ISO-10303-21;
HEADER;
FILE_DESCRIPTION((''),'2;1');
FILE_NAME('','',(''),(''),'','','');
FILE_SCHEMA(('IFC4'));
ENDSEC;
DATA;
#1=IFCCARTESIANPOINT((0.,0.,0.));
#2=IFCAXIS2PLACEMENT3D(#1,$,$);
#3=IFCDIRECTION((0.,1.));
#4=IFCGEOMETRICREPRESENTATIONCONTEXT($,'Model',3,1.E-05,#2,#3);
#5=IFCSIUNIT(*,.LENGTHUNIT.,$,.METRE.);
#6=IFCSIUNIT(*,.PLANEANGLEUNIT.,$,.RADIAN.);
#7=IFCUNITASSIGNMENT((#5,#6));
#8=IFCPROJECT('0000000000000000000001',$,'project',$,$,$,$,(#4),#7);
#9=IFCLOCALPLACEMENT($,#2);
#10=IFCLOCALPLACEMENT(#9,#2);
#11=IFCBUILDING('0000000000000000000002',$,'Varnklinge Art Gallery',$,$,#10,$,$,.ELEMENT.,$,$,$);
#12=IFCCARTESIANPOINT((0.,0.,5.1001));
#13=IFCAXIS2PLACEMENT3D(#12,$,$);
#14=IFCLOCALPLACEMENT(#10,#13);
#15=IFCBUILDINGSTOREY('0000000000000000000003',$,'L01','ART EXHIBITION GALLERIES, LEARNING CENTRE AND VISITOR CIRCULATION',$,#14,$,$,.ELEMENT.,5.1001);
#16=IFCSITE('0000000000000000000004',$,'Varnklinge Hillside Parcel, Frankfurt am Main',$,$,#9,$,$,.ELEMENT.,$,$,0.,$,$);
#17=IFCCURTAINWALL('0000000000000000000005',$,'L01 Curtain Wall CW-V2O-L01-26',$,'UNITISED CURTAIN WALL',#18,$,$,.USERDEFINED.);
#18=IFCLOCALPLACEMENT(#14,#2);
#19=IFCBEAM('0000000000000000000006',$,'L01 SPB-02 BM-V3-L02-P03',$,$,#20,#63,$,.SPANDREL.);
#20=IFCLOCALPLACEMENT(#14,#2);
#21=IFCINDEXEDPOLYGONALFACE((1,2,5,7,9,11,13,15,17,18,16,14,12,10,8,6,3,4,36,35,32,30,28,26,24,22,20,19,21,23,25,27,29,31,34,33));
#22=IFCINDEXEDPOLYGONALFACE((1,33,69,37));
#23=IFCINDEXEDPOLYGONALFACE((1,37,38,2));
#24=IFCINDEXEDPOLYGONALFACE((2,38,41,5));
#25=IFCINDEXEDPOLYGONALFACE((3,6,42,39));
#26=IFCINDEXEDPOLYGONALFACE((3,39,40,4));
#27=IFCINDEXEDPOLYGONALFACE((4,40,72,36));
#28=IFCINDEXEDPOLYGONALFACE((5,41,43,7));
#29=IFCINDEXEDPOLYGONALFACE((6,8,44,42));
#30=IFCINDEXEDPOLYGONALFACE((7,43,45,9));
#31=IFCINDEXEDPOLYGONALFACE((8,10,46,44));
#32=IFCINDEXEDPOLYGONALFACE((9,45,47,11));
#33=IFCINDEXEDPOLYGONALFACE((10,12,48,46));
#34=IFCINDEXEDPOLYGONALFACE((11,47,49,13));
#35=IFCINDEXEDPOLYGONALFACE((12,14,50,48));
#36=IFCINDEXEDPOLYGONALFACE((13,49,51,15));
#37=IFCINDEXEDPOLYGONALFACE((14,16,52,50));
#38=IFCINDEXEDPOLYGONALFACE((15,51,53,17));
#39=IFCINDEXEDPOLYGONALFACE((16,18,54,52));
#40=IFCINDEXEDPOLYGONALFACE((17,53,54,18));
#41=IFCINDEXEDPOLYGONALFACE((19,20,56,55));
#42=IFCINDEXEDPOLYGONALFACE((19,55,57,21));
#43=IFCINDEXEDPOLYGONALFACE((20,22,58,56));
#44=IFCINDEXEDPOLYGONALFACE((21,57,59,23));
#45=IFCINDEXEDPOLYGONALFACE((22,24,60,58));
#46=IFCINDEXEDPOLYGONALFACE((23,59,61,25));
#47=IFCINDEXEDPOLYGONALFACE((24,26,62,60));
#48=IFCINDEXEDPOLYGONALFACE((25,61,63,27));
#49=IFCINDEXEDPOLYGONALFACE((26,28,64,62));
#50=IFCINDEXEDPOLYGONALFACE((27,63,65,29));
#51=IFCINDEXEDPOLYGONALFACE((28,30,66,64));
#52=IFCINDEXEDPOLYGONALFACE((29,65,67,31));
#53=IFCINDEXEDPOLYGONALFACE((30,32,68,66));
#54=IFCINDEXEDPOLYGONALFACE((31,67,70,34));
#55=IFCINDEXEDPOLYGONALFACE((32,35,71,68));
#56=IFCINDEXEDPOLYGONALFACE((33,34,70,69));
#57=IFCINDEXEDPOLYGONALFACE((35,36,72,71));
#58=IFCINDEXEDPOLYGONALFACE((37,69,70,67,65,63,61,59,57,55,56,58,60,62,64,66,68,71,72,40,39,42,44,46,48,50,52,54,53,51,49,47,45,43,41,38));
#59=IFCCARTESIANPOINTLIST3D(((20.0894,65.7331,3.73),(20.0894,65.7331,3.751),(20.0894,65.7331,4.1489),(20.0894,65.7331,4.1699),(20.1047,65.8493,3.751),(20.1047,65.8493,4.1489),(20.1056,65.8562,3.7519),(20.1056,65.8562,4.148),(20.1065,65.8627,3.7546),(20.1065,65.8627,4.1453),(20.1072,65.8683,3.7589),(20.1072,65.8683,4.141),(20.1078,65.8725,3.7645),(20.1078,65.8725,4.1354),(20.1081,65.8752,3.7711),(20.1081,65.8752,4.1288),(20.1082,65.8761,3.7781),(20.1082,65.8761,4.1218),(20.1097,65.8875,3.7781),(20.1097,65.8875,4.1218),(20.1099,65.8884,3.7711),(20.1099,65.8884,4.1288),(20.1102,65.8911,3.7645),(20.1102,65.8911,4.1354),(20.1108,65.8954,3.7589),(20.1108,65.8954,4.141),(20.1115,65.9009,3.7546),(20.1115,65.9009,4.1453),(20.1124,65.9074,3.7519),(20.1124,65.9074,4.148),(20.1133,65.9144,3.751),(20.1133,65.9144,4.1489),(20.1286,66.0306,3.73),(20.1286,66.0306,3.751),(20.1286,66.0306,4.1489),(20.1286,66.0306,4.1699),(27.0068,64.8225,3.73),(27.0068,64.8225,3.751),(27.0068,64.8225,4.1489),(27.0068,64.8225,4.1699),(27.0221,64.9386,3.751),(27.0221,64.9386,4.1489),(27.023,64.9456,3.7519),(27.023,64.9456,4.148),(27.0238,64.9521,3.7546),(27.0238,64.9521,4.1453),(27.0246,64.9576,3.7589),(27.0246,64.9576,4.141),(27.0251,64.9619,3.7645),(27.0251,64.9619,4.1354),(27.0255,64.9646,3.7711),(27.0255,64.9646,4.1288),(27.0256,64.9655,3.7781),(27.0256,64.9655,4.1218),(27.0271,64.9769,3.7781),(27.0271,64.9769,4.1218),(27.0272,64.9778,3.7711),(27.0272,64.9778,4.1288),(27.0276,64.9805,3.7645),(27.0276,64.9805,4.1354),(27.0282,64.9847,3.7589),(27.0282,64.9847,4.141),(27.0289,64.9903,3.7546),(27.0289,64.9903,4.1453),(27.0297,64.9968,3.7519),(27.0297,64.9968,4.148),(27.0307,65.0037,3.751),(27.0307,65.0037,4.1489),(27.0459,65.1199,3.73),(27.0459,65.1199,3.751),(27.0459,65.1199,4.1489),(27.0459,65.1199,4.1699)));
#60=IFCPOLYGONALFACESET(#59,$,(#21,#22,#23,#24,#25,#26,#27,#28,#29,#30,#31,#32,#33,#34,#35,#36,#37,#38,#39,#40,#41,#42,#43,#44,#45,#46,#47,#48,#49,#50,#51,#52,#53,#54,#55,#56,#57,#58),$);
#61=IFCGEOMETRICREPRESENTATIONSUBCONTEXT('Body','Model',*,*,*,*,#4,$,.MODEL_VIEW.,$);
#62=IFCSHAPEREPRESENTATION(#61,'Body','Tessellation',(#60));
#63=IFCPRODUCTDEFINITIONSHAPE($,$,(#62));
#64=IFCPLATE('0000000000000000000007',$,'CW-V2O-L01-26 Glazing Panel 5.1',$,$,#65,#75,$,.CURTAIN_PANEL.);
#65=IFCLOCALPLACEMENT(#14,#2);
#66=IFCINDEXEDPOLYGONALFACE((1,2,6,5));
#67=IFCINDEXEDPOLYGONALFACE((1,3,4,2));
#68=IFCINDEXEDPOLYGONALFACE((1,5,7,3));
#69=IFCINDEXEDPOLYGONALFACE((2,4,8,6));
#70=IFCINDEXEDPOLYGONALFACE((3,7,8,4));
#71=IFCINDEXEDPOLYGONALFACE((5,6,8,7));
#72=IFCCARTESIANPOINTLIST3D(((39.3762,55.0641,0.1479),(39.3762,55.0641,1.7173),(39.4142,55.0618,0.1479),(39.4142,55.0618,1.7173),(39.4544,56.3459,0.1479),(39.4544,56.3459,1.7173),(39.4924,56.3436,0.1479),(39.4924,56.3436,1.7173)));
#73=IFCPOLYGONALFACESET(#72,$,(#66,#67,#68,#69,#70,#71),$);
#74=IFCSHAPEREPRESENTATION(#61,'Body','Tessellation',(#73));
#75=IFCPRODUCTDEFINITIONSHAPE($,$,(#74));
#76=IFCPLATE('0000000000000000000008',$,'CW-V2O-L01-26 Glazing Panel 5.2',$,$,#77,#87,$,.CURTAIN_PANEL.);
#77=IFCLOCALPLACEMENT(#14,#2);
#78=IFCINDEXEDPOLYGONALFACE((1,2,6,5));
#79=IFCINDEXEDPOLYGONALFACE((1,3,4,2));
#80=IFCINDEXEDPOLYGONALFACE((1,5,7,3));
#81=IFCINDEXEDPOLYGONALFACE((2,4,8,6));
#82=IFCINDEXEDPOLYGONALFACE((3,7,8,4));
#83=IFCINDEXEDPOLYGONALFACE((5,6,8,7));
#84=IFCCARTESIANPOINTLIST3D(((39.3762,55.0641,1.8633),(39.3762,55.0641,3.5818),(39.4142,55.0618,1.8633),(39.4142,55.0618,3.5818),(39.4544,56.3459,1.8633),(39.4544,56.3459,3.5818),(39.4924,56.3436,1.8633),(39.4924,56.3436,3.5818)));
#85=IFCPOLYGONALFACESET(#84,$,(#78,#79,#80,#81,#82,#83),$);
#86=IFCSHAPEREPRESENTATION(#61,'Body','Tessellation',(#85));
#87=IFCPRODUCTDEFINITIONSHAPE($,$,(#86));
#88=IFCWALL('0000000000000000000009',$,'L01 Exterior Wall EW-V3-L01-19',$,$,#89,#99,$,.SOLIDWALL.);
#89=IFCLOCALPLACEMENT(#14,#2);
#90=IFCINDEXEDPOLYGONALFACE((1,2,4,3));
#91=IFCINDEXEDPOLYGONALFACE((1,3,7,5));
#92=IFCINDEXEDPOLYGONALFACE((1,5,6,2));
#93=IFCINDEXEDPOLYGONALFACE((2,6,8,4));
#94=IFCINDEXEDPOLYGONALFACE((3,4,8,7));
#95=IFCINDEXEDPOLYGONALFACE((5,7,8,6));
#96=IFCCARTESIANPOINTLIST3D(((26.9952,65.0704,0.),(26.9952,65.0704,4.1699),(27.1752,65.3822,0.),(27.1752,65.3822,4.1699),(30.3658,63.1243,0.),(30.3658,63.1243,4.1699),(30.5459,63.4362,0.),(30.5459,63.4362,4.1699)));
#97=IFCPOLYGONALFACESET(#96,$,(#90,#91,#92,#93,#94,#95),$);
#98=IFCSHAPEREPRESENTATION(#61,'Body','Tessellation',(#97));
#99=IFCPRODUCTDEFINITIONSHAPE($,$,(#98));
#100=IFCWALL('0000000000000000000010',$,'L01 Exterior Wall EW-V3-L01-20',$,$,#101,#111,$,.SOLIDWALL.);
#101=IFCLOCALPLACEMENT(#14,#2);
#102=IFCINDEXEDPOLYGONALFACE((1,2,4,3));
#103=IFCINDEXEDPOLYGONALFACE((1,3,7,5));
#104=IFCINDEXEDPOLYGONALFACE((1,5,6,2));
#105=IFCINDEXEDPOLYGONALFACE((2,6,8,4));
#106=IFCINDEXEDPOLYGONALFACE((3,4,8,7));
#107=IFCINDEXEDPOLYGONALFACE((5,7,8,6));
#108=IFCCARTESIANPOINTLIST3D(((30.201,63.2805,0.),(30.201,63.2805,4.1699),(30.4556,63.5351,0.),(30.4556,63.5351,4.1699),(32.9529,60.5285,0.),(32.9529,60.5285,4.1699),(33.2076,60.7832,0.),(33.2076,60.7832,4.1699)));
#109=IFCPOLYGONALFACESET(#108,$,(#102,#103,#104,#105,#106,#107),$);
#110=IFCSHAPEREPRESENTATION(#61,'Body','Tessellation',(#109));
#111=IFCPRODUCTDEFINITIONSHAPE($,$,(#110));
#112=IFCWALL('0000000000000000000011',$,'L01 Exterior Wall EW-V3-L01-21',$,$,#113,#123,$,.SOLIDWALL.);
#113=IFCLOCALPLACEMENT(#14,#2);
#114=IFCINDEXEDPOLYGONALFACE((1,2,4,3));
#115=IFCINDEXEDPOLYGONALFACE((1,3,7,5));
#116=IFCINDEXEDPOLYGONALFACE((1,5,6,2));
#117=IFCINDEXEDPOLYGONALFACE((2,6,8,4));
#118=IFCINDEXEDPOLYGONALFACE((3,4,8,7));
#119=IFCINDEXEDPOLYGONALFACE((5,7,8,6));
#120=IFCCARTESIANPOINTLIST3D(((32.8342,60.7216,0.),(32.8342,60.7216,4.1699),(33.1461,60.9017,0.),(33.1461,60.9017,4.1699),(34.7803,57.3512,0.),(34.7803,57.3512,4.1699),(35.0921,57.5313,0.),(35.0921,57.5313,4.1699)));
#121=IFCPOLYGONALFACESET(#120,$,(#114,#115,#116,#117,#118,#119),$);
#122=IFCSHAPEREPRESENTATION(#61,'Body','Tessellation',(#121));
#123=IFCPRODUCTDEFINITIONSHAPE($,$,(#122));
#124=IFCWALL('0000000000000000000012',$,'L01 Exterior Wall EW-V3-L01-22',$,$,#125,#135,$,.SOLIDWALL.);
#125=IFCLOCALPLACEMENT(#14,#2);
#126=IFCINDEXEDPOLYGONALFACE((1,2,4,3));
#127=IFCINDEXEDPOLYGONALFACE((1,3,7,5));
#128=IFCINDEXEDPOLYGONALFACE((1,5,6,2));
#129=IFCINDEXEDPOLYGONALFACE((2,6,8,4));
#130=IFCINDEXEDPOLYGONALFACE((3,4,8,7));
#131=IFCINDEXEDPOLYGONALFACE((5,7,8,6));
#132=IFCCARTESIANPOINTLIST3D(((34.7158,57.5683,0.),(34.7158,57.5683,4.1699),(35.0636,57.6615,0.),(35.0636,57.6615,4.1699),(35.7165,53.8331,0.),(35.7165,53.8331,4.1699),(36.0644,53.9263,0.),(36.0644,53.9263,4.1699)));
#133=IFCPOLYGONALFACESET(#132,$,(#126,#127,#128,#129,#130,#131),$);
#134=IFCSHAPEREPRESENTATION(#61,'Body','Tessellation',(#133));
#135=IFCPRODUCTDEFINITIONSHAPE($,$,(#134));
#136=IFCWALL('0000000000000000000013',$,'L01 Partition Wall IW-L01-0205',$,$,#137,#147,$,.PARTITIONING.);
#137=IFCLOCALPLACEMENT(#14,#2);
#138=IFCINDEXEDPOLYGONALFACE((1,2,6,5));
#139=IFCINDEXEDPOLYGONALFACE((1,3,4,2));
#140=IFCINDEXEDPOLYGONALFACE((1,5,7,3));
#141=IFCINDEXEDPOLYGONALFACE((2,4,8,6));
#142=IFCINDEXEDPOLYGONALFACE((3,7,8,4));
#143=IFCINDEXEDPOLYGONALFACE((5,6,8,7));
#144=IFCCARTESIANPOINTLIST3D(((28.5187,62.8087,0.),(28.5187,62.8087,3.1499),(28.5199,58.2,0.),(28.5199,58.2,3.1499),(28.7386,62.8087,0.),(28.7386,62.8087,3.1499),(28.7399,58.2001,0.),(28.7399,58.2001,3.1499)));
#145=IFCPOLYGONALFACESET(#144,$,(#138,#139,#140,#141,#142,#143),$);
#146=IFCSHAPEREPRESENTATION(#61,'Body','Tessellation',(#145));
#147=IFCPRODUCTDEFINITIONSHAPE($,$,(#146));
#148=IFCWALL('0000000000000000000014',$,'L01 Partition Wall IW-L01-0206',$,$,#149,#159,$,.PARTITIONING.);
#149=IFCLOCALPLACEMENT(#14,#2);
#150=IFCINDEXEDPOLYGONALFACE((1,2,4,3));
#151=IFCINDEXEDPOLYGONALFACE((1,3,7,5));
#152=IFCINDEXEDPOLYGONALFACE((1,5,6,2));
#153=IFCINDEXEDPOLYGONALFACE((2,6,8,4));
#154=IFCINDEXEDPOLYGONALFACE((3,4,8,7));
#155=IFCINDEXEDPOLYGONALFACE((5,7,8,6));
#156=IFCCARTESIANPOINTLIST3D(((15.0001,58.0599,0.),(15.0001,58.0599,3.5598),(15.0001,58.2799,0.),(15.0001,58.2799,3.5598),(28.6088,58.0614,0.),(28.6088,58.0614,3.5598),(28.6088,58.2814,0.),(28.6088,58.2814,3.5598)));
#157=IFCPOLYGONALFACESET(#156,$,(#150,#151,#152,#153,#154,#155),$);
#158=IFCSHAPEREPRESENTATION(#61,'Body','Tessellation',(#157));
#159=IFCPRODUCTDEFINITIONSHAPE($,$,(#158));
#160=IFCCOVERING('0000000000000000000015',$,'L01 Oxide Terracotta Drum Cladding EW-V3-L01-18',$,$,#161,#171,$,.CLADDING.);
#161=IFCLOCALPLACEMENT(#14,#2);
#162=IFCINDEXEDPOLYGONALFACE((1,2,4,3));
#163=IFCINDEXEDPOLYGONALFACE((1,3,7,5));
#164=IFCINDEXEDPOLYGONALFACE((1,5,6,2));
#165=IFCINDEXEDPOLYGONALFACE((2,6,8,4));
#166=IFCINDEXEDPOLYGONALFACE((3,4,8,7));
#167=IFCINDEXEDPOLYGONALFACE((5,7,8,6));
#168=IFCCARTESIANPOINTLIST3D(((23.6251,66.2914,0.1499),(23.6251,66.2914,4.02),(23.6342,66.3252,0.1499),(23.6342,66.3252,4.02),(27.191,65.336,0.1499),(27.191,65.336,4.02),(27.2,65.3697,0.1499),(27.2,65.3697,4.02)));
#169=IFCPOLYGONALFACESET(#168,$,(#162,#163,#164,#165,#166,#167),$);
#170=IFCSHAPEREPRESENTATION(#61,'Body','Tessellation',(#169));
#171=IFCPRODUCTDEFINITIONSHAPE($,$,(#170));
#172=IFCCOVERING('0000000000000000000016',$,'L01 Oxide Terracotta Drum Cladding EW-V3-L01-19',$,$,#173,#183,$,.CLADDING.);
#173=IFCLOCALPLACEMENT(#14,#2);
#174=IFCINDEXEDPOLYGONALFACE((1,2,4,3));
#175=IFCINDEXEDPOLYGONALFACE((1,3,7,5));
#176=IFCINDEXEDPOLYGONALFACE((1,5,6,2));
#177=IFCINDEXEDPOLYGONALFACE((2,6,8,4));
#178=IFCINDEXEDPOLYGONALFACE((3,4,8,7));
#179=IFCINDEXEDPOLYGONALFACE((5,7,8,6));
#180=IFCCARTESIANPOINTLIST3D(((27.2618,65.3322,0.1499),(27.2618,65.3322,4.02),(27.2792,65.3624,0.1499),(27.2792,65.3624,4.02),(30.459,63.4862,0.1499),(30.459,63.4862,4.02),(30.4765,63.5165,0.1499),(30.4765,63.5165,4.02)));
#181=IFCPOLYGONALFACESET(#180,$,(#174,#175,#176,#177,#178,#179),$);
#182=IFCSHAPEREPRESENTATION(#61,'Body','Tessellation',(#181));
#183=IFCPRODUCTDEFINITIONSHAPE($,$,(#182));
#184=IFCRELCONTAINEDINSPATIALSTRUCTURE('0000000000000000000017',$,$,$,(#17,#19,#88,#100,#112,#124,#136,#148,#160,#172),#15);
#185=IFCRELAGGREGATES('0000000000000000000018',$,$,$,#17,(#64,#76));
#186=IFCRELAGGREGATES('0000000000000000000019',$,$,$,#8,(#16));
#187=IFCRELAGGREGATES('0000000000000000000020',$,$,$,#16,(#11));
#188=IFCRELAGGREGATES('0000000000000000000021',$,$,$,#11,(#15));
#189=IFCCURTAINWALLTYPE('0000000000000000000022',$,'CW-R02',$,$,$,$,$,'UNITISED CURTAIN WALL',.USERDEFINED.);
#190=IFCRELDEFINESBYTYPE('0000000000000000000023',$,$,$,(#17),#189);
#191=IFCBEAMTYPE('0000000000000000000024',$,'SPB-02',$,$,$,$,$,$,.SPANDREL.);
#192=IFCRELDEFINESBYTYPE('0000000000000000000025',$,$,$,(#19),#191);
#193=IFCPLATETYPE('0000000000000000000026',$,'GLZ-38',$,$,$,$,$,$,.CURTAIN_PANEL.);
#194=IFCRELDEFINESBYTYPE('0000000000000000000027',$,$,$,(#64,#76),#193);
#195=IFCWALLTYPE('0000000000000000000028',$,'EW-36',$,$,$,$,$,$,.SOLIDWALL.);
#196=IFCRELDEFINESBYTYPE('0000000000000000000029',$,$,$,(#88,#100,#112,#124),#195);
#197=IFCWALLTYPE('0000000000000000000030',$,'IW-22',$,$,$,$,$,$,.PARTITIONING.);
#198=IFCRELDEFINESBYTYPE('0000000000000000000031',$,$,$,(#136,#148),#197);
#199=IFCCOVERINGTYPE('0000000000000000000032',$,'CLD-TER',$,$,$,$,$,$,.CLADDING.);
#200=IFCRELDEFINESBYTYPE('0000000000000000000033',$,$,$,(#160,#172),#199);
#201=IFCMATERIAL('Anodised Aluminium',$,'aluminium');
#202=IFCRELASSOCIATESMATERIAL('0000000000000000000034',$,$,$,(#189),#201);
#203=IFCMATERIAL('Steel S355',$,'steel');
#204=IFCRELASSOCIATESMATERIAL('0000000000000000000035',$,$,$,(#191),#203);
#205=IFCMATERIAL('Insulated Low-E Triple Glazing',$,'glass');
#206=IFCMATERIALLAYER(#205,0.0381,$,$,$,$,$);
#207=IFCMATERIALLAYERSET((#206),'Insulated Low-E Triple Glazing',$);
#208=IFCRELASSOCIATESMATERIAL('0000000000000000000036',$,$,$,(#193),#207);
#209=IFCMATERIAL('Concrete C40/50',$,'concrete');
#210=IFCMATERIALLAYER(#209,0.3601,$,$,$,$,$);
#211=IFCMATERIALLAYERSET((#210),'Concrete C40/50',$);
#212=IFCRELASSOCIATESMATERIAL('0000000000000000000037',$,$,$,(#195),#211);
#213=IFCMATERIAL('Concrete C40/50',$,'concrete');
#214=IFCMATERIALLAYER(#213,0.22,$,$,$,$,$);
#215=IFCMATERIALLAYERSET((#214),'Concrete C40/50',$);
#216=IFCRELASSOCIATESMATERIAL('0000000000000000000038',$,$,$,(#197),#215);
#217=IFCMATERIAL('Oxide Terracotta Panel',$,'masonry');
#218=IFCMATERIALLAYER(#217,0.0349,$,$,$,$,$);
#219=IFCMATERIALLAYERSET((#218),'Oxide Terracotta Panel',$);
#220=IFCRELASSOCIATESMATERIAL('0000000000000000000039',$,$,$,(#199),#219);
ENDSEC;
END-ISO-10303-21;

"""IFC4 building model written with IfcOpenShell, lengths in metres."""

from ifc_helpers import new_model, si_unit, direction, frame, frame_2d, origin, origin_2d, place, context, subcontext, project, spatial, rectangle, i_section, extrude, material, layer, layer_set, material_profile, profile_set, type_object, element, aggregate, save


model = new_model("IFC4")

# Units and contexts
model_context = context("Model", 3, precision=1e-05, world=origin(), true_north=direction((0.0, 1.0)))
body_context = subcontext(model_context, "Body", "Model", "MODEL_VIEW")
ifc_project = project(units=[si_unit("LENGTHUNIT", "METRE"), si_unit("PLANEANGLEUNIT", "RADIAN")], contexts=[model_context])

# Site, building, storey
site_placement = place(None, origin())
site = spatial("IfcSite", under=ifc_project, at=site_placement, Name="Varnklinge Hillside Parcel, Frankfurt am Main", CompositionType="ELEMENT", RefElevation=0.0)
building_placement = place(site_placement, origin())
building = spatial("IfcBuilding", under=site, at=building_placement, Name="Varnklinge Art Gallery", CompositionType="ELEMENT")
storey_placement = place(building_placement, frame((0.0, 0.0, 5.1001)))
storey = spatial("IfcBuildingStorey", under=building, at=storey_placement, Name="L01", Description="ART EXHIBITION GALLERIES, LEARNING CENTRE AND VISITOR CIRCULATION", CompositionType="ELEMENT", Elevation=5.1001)

# Curtain wall
ifc_material_1 = material(Name="Anodised Aluminium", Category="aluminium")
curtain_wall_type = type_object("IfcCurtainWallType", Name="CW-R02", ElementType="UNITISED CURTAIN WALL", PredefinedType="USERDEFINED", material=ifc_material_1)
curtain_wall_placement = place(storey_placement, origin())
curtain_wall = element("IfcCurtainWall", 1, at=curtain_wall_placement, inside=storey, type_object=curtain_wall_type, Name="L01 Curtain Wall CW-V2O-L01-26", ObjectType="UNITISED CURTAIN WALL", PredefinedType="USERDEFINED")

# Beam
ifc_material_2 = material(Name="Steel S355", Category="steel")
ifc_material_profile_1 = material_profile(ifc_material_2, i_section(OverallWidth=0.3, OverallDepth=0.4399, WebThickness=0.0115, FlangeThickness=0.021, FilletRadius=0.0271, at=origin_2d()), Name="HEA 450")
ifc_profile_set_1 = profile_set([ifc_material_profile_1], Name="Steel S355")
beam_type_1 = type_object("IfcBeamType", Name="SPB-02", PredefinedType="SPANDREL", material=ifc_profile_set_1)
beam_1_placement = place(storey_placement, frame((27.0264, 64.9712, 3.95), z_axis=(-0.991446, 0.130518, 0.0), x_axis=(-0.130518, -0.991446, 0.0)))
element("IfcBeam", 2, at=beam_1_placement, inside=storey, type_object=beam_type_1, Name="L01 SPB-02 BM-V3-L02-P03", PredefinedType="SPANDREL", context=body_context, shape_type="SweptSolid", body=[
    extrude(i_section(OverallWidth=0.3, OverallDepth=0.4399, WebThickness=0.0115, FlangeThickness=0.021, FilletRadius=0.0271, at=origin_2d()), origin(), (0.0, 0.0, 1.0), 6.9771),
])

# Plates
ifc_material_3 = material(Name="Insulated Low-E Triple Glazing", Category="glass")
ifc_layer_1 = layer(ifc_material_3, 0.0381)
ifc_layer_set_1 = layer_set([ifc_layer_1], Name="Insulated Low-E Triple Glazing")
plate_type = type_object("IfcPlateType", Name="GLZ-38", PredefinedType="CURTAIN_PANEL", material=ifc_layer_set_1)
plate_1_placement = place(storey_placement, frame((39.4343, 55.7039, 0.1479), z_axis=(0.0, 0.0, 1.0), x_axis=(-0.060874, -0.998145, 0.0)))
plate_1 = element("IfcPlate", 3, at=plate_1_placement, type_object=plate_type, Name="CW-V2O-L01-26 Glazing Panel 5.1", PredefinedType="CURTAIN_PANEL", context=body_context, shape_type="SweptSolid", body=[
    extrude(rectangle(XDim=1.2842, YDim=0.0381, at=origin_2d()), origin(), (0.0, 0.0, 1.0), 1.5693),
])
plate_2_placement = place(storey_placement, frame((39.4343, 55.7039, 1.8633), z_axis=(0.0, 0.0, 1.0), x_axis=(-0.060874, -0.998145, 0.0)))
plate_2 = element("IfcPlate", 4, at=plate_2_placement, type_object=plate_type, Name="CW-V2O-L01-26 Glazing Panel 5.2", PredefinedType="CURTAIN_PANEL", context=body_context, shape_type="SweptSolid", body=[
    extrude(rectangle(XDim=1.2842, YDim=0.0381, at=origin_2d()), origin(), (0.0, 0.0, 1.0), 1.7185),
])
aggregate(curtain_wall, [plate_1, plate_2])

# Walls
ifc_material_4 = material(Name="Concrete C40/50", Category="concrete")
ifc_layer_2 = layer(ifc_material_4, 0.3601)
ifc_layer_set_2 = layer_set([ifc_layer_2], Name="Concrete C40/50")
wall_type_1 = type_object("IfcWallType", Name="EW-36", PredefinedType="SOLIDWALL", material=ifc_layer_set_2)
wall_1_placement = place(storey_placement, frame((27.0852, 65.2263, 0.0), z_axis=(0.0, 0.0, 1.0), x_axis=(0.866023, -0.500005, 0.0)))
element("IfcWall", 5, at=wall_1_placement, inside=storey, type_object=wall_type_1, Name="L01 Exterior Wall EW-V3-L01-19", PredefinedType="SOLIDWALL", context=body_context, shape_type="SweptSolid", body=[
    extrude(rectangle(XDim=3.8921, YDim=0.3601, at=frame_2d((1.946, 0.0))), origin(), (0.0, 0.0, 1.0), 4.1699),
])
for number, where, z_axis, x_axis, name in (
    (6, (30.3284, 63.4077, 0.0), (0.0, 0.0, 1.0), (0.707107, -0.707107, 0.0), "L01 Exterior Wall EW-V3-L01-20"),
    (7, (32.9902, 60.8115, 0.0), (0.0, 0.0, 1.0), (0.500032, -0.866007, 0.0), "L01 Exterior Wall EW-V3-L01-21"),
):
    element("IfcWall", number, at=place(storey_placement, frame(where, z_axis=z_axis, x_axis=x_axis)), inside=storey, type_object=wall_type_1, Name=name, PredefinedType="SOLIDWALL", context=body_context, shape_type="SweptSolid", body=[
        extrude(rectangle(XDim=3.8918, YDim=0.3601, at=frame_2d((1.9458, 0.0))), origin(), (0.0, 0.0, 1.0), 4.1699),
    ])
wall_2_placement = place(storey_placement, frame((34.8896, 57.615, 0.0), z_axis=(0.0, 0.0, 1.0), x_axis=(0.258798, -0.965931, 0.0)))
element("IfcWall", 8, at=wall_2_placement, inside=storey, type_object=wall_type_1, Name="L01 Exterior Wall EW-V3-L01-22", PredefinedType="SOLIDWALL", context=body_context, shape_type="SweptSolid", body=[
    extrude(rectangle(XDim=3.8669, YDim=0.3601, at=frame_2d((1.9336, 0.0))), origin(), (0.0, 0.0, 1.0), 4.1699),
])
ifc_material_5 = material(Name="Concrete C40/50", Category="concrete")
ifc_layer_3 = layer(ifc_material_5, 0.22)
ifc_layer_set_3 = layer_set([ifc_layer_3], Name="Concrete C40/50")
wall_type_2 = type_object("IfcWallType", Name="IW-22", PredefinedType="PARTITIONING", material=ifc_layer_set_3)
wall_3_placement = place(storey_placement, frame((28.6287, 62.8086, 0.0), z_axis=(0.0, 0.0, 1.0), x_axis=(0.000265, -1.0, 0.0)))
element("IfcWall", 9, at=wall_3_placement, inside=storey, type_object=wall_type_2, Name="L01 Partition Wall IW-L01-0205", PredefinedType="PARTITIONING", context=body_context, shape_type="SweptSolid", body=[
    extrude(rectangle(XDim=4.6086, YDim=0.22, at=frame_2d((2.3042, 0.0))), origin(), (0.0, 0.0, 1.0), 3.1499),
])
wall_4_placement = place(storey_placement, frame((28.6086, 58.1714, 0.0), z_axis=(0.0, 0.0, 1.0), x_axis=(-1.0, -0.000108, 0.0)))
element("IfcWall", 10, at=wall_4_placement, inside=storey, type_object=wall_type_2, Name="L01 Partition Wall IW-L01-0206", PredefinedType="PARTITIONING", context=body_context, shape_type="SweptSolid", body=[
    extrude(rectangle(XDim=13.6086, YDim=0.22, at=frame_2d((6.8042, 0.0))), origin(), (0.0, 0.0, 1.0), 3.5598),
])

# Coverings
ifc_material_6 = material(Name="Oxide Terracotta Panel", Category="masonry")
ifc_layer_4 = layer(ifc_material_6, 0.0349)
ifc_layer_set_4 = layer_set([ifc_layer_4], Name="Oxide Terracotta Panel")
covering_type = type_object("IfcCoveringType", Name="CLD-TER", PredefinedType="CLADDING", material=ifc_layer_set_4)
covering_1_placement = place(storey_placement, frame((25.4126, 65.8306, 0.1499), z_axis=(0.0, 0.0, 1.0), x_axis=(0.965926, -0.258819, 0.0)))
element("IfcCovering", 11, at=covering_1_placement, inside=storey, type_object=covering_type, Name="L01 Oxide Terracotta Drum Cladding EW-V3-L01-18", PredefinedType="CLADDING", context=body_context, shape_type="SweptSolid", body=[
    extrude(rectangle(XDim=3.6917, YDim=0.0349, at=origin_2d()), origin(), (0.0, 0.0, 1.0), 3.8701),
])
covering_2_placement = place(storey_placement, frame((28.8691, 64.4243, 0.1499), z_axis=(0.0, 0.0, 1.0), x_axis=(0.866025, -0.5, 0.0)))
element("IfcCovering", 12, at=covering_2_placement, inside=storey, type_object=covering_type, Name="L01 Oxide Terracotta Drum Cladding EW-V3-L01-19", PredefinedType="CLADDING", context=body_context, shape_type="SweptSolid", body=[
    extrude(rectangle(XDim=3.6919, YDim=0.0349, at=origin_2d()), origin(), (0.0, 0.0, 1.0), 3.8701),
])

save(model, "model.ifc")
